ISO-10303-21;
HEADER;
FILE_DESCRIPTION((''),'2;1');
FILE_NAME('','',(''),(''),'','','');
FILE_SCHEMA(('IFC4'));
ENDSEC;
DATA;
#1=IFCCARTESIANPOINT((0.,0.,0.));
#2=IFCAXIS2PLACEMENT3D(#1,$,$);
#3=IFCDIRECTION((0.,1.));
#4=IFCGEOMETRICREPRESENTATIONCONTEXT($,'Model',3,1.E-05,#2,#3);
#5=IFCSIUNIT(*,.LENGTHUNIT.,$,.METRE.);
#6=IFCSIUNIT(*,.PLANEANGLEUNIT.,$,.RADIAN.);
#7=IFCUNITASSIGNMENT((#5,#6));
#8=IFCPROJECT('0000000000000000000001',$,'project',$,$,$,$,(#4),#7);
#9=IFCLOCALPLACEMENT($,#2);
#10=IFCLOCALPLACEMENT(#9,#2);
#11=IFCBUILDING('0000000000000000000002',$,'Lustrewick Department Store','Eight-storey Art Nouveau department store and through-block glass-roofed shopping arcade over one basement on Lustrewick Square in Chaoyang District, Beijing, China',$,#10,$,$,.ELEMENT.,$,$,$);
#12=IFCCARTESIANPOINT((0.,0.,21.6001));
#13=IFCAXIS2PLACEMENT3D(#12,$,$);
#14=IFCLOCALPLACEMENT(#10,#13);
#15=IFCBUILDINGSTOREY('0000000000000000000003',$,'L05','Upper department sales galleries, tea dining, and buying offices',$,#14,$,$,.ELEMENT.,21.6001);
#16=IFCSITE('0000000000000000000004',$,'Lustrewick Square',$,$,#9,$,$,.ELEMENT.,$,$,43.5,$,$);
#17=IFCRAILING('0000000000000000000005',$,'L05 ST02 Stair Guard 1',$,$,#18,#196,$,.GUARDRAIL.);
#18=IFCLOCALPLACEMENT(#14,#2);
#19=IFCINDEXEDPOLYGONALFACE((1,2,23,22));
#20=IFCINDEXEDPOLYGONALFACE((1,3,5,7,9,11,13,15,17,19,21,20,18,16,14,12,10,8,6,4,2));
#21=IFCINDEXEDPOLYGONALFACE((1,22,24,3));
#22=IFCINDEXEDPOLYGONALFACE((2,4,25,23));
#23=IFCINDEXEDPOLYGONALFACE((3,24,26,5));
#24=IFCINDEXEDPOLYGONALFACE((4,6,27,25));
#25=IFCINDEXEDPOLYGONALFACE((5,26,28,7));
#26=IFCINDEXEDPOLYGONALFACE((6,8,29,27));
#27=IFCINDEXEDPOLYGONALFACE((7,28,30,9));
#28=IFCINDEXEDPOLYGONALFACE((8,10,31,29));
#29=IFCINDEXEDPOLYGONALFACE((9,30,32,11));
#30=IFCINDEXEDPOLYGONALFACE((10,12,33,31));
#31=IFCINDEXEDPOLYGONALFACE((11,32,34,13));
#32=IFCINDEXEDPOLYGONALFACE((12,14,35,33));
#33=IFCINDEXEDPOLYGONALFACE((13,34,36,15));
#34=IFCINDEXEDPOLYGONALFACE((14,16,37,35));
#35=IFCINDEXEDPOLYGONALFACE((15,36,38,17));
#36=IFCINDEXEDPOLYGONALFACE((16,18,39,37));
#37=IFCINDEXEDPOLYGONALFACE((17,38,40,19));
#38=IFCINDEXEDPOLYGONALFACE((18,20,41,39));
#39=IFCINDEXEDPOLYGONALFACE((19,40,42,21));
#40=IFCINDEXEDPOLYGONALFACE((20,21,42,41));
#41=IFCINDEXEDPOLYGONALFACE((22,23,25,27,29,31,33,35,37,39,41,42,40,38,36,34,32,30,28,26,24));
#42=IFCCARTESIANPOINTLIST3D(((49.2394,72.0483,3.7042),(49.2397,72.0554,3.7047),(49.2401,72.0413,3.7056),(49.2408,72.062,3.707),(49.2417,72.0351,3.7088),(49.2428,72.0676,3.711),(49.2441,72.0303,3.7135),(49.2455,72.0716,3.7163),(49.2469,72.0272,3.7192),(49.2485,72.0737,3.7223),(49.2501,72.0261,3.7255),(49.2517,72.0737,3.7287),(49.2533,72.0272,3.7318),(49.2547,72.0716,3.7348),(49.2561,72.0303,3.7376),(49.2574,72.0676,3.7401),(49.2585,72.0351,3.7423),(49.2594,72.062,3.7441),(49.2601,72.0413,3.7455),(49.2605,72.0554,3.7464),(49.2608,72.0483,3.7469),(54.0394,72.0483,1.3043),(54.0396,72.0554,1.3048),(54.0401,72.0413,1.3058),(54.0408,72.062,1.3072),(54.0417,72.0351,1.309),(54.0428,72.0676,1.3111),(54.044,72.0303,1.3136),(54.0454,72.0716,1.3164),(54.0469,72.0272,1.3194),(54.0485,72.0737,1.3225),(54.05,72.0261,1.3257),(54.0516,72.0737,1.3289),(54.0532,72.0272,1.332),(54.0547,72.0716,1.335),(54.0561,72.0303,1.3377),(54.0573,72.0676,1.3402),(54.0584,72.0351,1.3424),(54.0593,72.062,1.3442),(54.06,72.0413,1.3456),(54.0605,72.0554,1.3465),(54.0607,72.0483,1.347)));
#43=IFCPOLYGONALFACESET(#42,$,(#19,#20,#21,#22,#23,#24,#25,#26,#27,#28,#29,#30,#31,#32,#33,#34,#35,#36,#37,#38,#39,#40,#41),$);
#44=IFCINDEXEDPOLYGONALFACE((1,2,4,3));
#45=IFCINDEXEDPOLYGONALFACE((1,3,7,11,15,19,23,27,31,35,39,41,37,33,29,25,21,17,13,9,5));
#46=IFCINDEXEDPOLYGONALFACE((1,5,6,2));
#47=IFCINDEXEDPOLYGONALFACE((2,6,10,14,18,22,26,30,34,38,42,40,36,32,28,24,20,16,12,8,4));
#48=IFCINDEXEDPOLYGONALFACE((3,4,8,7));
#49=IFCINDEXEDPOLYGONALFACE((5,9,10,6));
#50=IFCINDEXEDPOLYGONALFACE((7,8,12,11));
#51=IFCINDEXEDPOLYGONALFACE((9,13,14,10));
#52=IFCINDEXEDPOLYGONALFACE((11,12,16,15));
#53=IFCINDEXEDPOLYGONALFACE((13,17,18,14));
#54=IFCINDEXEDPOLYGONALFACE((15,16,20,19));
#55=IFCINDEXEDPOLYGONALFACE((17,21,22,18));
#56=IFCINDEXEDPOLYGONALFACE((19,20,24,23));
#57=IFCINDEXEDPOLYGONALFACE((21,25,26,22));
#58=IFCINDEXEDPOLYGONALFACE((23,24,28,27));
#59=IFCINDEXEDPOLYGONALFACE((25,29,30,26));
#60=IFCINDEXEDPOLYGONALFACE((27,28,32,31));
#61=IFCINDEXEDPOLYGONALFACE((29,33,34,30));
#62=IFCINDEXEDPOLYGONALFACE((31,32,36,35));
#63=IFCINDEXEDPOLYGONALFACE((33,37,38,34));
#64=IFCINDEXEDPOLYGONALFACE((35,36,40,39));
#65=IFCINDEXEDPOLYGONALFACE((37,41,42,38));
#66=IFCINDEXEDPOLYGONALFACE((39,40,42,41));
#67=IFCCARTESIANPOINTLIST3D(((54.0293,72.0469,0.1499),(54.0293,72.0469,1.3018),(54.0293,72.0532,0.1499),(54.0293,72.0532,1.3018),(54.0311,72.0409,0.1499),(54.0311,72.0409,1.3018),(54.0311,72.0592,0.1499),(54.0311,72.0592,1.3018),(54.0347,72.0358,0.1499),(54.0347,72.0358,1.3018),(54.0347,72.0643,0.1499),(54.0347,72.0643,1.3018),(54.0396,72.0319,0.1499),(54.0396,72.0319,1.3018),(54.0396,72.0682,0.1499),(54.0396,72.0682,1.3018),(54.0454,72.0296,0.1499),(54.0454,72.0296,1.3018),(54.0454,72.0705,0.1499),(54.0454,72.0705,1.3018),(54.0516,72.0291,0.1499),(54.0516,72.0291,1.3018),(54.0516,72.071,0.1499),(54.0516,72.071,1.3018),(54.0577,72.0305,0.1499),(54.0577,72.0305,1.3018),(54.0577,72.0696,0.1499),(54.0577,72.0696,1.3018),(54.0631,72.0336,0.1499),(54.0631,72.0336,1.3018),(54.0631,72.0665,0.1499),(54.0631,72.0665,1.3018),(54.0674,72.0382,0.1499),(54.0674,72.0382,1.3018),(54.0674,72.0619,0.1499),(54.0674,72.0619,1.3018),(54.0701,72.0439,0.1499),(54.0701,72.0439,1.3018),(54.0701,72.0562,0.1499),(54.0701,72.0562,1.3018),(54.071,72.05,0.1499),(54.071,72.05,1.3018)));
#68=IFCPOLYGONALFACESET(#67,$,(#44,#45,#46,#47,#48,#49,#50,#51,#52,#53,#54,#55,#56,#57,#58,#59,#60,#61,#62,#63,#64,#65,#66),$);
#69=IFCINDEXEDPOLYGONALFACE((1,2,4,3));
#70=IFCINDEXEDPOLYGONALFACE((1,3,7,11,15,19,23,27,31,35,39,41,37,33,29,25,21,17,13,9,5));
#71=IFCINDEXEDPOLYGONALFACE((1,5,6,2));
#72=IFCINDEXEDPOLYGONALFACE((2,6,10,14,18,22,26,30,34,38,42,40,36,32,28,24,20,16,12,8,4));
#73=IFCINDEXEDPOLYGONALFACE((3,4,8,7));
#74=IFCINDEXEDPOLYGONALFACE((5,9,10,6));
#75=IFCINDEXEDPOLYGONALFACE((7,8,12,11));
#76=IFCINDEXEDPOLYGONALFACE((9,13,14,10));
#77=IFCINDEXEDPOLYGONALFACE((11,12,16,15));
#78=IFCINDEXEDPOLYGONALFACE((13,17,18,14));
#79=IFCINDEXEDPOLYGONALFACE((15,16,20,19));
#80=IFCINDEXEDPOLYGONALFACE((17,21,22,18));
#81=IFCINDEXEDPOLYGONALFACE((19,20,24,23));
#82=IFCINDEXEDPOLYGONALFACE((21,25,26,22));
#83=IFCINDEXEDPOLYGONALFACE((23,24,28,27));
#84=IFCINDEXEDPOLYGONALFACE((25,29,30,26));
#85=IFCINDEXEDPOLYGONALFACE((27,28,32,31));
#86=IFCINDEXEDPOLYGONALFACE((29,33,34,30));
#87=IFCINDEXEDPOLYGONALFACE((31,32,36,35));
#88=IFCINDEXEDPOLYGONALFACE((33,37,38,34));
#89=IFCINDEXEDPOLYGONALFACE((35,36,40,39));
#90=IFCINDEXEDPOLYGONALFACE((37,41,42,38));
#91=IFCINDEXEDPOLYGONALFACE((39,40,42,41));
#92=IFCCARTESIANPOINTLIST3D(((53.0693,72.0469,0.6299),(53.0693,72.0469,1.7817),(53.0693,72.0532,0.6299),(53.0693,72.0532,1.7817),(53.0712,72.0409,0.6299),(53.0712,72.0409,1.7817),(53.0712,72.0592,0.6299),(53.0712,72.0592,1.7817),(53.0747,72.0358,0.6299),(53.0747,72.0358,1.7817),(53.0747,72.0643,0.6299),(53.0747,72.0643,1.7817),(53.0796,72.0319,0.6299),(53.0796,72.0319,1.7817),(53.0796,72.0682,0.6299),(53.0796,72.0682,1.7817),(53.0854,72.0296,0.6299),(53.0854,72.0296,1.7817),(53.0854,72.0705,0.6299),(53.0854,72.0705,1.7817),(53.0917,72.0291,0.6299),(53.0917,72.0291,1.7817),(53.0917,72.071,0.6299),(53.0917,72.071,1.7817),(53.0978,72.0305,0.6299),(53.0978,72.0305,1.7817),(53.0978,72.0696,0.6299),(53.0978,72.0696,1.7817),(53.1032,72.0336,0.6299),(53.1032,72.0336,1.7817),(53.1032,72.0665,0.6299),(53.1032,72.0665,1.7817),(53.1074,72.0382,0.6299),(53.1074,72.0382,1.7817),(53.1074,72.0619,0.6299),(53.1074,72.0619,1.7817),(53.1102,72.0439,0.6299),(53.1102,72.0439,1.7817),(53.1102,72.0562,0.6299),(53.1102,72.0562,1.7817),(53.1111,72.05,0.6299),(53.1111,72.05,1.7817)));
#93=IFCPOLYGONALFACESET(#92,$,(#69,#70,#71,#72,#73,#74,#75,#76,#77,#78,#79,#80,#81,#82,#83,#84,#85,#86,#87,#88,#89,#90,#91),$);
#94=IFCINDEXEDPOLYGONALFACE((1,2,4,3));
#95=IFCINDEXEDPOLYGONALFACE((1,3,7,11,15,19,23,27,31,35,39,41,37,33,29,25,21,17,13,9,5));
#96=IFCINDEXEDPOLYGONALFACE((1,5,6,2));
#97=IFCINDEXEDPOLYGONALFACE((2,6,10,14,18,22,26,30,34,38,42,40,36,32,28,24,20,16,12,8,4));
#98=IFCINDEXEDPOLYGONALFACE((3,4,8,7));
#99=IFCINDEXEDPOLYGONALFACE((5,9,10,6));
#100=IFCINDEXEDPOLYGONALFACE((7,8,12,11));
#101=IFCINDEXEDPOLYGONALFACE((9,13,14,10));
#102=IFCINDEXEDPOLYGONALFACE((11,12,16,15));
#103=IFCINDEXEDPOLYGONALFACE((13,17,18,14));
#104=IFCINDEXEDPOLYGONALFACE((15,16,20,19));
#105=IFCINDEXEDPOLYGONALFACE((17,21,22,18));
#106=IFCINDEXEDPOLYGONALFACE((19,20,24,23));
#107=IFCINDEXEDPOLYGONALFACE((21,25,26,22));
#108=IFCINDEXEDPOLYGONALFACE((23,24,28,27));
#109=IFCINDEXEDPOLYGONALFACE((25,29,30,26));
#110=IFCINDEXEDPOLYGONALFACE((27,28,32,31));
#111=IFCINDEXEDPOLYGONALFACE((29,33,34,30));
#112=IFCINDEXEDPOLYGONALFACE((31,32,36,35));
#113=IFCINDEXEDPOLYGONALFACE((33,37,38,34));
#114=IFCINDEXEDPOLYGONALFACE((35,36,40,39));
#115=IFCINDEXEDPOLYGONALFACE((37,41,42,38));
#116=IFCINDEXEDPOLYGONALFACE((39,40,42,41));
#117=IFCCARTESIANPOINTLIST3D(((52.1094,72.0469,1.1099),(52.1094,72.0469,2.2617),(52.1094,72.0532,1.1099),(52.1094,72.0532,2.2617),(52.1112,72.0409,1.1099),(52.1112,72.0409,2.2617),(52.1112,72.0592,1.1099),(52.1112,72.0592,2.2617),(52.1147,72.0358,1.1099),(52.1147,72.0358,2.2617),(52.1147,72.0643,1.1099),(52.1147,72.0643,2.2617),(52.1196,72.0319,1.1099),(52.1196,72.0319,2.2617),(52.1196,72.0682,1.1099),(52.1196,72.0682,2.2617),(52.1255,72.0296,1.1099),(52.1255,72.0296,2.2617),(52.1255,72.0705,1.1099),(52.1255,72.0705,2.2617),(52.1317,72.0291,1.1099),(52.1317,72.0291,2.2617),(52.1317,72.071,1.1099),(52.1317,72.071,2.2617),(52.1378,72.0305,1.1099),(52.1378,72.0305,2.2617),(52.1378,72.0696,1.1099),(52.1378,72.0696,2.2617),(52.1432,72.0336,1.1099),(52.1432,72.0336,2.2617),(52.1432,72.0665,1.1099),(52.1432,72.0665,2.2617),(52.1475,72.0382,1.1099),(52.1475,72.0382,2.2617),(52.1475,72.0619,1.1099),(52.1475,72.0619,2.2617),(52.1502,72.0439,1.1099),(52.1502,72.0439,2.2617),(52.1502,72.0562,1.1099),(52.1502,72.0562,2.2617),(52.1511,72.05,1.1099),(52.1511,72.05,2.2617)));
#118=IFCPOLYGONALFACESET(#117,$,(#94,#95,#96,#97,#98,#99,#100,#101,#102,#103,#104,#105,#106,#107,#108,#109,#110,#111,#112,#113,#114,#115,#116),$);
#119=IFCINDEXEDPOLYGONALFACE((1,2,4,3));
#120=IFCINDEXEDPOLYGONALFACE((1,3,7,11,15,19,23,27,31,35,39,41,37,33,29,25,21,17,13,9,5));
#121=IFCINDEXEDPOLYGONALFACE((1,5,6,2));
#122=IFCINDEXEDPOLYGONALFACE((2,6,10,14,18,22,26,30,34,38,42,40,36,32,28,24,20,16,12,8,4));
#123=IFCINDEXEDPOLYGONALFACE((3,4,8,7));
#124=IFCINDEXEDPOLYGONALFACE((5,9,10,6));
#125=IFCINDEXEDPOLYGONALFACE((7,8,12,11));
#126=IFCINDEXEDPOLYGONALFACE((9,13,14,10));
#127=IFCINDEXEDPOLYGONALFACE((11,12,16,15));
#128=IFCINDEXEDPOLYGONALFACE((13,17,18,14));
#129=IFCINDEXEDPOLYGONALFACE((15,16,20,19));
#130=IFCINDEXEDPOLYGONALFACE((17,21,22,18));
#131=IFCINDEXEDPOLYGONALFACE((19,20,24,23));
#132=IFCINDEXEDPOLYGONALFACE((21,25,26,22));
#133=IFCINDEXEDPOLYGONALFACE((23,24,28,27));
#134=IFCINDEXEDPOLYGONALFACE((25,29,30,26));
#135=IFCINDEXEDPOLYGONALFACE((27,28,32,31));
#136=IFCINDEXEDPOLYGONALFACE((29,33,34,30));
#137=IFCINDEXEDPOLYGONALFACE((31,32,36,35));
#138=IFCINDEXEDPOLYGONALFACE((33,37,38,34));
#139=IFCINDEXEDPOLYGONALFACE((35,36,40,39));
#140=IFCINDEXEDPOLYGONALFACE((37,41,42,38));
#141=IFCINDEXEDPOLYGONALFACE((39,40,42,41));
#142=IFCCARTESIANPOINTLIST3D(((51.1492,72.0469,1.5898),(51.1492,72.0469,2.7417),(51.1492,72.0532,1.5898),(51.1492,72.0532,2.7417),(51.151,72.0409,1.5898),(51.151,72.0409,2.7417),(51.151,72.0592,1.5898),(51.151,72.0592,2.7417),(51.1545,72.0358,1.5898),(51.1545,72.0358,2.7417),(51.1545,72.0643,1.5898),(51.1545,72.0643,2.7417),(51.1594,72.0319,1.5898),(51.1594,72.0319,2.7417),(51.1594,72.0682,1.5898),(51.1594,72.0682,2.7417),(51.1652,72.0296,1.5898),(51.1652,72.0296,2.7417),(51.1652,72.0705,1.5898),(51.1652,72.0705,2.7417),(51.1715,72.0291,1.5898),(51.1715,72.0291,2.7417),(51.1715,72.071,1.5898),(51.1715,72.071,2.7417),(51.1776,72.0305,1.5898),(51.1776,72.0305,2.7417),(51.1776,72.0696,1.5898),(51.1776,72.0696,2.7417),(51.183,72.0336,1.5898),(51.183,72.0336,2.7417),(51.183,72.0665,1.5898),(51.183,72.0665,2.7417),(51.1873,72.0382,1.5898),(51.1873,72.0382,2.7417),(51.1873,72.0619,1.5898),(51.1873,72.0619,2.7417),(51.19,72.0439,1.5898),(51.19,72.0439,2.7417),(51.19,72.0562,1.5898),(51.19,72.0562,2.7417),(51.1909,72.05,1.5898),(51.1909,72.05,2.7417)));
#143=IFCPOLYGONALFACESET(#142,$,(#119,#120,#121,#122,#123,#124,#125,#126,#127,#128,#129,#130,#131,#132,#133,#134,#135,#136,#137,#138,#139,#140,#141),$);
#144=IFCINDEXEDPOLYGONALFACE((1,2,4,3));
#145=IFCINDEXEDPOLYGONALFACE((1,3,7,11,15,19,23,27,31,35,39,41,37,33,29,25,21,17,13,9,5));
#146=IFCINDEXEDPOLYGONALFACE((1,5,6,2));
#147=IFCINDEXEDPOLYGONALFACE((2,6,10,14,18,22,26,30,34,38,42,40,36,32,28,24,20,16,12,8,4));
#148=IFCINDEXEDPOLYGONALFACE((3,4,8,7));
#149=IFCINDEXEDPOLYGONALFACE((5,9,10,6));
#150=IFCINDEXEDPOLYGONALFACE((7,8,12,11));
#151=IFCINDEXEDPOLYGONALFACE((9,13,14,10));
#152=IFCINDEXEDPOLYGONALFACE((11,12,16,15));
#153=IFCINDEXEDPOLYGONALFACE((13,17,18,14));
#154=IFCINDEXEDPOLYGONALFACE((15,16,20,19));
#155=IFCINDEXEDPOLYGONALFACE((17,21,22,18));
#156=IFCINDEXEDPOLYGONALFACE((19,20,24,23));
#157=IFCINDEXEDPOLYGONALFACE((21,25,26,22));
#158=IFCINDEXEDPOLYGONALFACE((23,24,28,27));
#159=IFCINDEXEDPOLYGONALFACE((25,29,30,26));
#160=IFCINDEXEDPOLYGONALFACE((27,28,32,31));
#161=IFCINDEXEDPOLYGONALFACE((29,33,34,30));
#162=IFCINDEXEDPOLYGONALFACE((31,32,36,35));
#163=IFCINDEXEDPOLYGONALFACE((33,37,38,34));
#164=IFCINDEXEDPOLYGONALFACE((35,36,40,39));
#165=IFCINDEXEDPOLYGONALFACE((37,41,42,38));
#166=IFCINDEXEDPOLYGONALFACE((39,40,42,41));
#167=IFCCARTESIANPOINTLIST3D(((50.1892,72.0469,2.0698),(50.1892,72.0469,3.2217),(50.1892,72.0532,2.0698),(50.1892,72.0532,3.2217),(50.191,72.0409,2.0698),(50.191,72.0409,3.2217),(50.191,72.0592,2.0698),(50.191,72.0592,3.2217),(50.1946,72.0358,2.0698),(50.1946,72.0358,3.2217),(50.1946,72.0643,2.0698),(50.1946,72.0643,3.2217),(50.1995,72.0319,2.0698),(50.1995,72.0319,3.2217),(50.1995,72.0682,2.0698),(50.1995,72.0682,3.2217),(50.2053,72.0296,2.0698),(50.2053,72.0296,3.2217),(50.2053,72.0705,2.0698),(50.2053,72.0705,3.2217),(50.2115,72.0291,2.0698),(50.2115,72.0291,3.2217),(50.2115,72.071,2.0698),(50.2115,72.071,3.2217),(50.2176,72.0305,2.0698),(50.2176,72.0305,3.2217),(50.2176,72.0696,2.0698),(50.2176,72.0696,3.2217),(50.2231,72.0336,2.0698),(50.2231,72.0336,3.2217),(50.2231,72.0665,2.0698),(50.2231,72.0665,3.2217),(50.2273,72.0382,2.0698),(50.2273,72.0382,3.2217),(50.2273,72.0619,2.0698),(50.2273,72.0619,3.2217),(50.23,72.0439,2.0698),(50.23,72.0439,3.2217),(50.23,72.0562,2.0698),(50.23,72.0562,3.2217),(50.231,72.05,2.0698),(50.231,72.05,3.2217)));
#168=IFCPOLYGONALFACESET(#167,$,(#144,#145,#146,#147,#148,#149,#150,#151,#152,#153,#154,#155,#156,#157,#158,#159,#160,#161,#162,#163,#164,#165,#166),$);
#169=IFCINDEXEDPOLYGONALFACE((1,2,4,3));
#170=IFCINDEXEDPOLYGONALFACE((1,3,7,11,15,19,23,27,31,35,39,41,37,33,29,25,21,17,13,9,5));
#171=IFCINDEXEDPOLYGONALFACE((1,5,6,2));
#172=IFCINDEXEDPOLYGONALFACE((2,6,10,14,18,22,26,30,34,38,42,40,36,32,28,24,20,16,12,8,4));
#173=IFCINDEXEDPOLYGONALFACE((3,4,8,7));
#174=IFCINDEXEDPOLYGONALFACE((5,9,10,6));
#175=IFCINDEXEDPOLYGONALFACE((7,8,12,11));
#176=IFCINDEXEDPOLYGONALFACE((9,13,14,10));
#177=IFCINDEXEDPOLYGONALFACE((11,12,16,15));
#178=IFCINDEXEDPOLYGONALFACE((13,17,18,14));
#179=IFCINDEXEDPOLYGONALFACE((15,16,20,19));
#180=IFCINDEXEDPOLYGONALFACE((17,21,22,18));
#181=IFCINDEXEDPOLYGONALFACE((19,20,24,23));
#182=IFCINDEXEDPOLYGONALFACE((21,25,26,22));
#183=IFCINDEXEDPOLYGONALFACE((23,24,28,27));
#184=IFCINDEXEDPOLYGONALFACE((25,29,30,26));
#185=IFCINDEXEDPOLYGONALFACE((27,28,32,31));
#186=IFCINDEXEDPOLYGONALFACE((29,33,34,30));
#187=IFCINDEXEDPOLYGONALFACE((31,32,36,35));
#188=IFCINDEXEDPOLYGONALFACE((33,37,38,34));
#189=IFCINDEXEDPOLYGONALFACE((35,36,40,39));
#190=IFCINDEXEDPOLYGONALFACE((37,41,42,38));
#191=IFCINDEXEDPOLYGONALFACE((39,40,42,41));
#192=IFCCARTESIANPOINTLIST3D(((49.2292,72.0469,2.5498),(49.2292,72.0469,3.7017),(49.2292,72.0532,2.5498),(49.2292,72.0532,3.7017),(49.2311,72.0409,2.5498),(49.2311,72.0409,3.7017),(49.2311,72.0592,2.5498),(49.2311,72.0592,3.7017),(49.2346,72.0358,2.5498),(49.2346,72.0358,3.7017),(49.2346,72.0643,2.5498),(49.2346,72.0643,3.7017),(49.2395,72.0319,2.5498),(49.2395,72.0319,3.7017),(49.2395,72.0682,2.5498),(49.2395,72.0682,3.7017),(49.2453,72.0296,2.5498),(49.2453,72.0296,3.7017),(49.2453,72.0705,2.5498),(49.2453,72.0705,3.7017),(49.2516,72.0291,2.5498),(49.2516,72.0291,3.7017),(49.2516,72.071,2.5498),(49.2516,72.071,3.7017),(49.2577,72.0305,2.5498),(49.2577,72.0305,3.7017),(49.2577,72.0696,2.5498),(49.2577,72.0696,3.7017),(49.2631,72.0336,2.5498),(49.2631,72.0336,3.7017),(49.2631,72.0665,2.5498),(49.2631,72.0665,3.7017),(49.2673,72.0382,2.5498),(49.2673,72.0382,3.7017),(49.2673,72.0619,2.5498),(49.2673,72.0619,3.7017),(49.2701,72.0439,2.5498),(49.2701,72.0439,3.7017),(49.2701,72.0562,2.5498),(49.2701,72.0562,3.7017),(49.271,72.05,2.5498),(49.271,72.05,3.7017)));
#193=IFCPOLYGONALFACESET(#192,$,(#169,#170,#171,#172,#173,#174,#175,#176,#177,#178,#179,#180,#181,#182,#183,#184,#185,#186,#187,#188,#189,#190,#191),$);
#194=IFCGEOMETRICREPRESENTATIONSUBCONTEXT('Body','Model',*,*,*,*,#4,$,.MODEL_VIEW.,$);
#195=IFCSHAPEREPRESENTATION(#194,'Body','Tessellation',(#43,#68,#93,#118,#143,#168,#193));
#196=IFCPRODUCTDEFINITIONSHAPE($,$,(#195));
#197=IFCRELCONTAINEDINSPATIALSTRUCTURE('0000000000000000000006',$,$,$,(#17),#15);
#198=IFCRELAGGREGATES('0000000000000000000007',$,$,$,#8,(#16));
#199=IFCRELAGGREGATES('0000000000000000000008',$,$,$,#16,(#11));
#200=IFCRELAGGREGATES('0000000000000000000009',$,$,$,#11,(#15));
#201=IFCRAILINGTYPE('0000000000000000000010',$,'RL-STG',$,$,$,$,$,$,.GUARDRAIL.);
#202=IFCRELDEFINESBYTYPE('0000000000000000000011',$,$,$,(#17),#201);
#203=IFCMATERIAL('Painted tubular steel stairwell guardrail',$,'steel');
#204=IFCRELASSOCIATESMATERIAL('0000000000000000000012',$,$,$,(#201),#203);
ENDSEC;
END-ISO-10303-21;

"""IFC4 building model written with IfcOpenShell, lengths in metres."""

from ifc_helpers import new_model, si_unit, direction, frame, origin, origin_2d, place, context, subcontext, project, spatial, circle, extrude, material, type_object, element, save


model = new_model("IFC4")

# Units and contexts
model_context = context("Model", 3, precision=1e-05, world=origin(), true_north=direction((0.0, 1.0)))
body_context = subcontext(model_context, "Body", "Model", "MODEL_VIEW")
ifc_project = project(units=[si_unit("LENGTHUNIT", "METRE"), si_unit("PLANEANGLEUNIT", "RADIAN")], contexts=[model_context])

# Site, building, storey
site_placement = place(None, origin())
site = spatial("IfcSite", under=ifc_project, at=site_placement, Name="Lustrewick Square", CompositionType="ELEMENT", RefElevation=43.5)
building_placement = place(site_placement, origin())
building = spatial("IfcBuilding", under=site, at=building_placement, Name="Lustrewick Department Store", Description="Eight-storey Art Nouveau department store and through-block glass-roofed shopping arcade over one basement on Lustrewick Square in Chaoyang District, Beijing, China", CompositionType="ELEMENT")
storey_placement = place(building_placement, frame((0.0, 0.0, 21.6001)))
storey = spatial("IfcBuildingStorey", under=building, at=storey_placement, Name="L05", Description="Upper department sales galleries, tea dining, and buying offices", CompositionType="ELEMENT", Elevation=21.6001)

# Railing
ifc_material_1 = material(Name="Painted tubular steel stairwell guardrail", Category="steel")
railing_type_1 = type_object("IfcRailingType", Name="RL-STG", PredefinedType="GUARDRAIL", material=ifc_material_1)
railing_1_placement = place(storey_placement, frame((54.05, 72.05, 0.1499)))
element("IfcRailing", 1, at=railing_1_placement, inside=storey, type_object=railing_type_1, Name="L05 ST02 Stair Guard 1", PredefinedType="GUARDRAIL", context=body_context, shape_type="SweptSolid", body=[
    extrude(circle(Radius=0.0239, at=origin_2d()), frame((0.0, 0.0, 1.1758), z_axis=(-0.894436, 0.0, 0.447195), x_axis=(0.0, -1.0, 0.0)), (0.0, 0.0, 1.0), 5.3665),
    extrude(circle(Radius=0.021, at=origin_2d()), origin(), (0.0, 0.0, 1.0), 1.1519),
    extrude(circle(Radius=0.021, at=origin_2d()), frame((-0.96, 0.0, 0.48)), (0.0, 0.0, 1.0), 1.1519),
    extrude(circle(Radius=0.021, at=origin_2d()), frame((-1.9199, 0.0, 0.96)), (0.0, 0.0, 1.0), 1.1519),
    extrude(circle(Radius=0.021, at=origin_2d()), frame((-2.8801, 0.0, 1.4399)), (0.0, 0.0, 1.0), 1.1519),
    extrude(circle(Radius=0.021, at=origin_2d()), frame((-3.8401, 0.0, 1.9199)), (0.0, 0.0, 1.0), 1.1519),
    extrude(circle(Radius=0.021, at=origin_2d()), frame((-4.8, 0.0, 2.3999)), (0.0, 0.0, 1.0), 1.1519),
])

save(model, "model.ifc")
